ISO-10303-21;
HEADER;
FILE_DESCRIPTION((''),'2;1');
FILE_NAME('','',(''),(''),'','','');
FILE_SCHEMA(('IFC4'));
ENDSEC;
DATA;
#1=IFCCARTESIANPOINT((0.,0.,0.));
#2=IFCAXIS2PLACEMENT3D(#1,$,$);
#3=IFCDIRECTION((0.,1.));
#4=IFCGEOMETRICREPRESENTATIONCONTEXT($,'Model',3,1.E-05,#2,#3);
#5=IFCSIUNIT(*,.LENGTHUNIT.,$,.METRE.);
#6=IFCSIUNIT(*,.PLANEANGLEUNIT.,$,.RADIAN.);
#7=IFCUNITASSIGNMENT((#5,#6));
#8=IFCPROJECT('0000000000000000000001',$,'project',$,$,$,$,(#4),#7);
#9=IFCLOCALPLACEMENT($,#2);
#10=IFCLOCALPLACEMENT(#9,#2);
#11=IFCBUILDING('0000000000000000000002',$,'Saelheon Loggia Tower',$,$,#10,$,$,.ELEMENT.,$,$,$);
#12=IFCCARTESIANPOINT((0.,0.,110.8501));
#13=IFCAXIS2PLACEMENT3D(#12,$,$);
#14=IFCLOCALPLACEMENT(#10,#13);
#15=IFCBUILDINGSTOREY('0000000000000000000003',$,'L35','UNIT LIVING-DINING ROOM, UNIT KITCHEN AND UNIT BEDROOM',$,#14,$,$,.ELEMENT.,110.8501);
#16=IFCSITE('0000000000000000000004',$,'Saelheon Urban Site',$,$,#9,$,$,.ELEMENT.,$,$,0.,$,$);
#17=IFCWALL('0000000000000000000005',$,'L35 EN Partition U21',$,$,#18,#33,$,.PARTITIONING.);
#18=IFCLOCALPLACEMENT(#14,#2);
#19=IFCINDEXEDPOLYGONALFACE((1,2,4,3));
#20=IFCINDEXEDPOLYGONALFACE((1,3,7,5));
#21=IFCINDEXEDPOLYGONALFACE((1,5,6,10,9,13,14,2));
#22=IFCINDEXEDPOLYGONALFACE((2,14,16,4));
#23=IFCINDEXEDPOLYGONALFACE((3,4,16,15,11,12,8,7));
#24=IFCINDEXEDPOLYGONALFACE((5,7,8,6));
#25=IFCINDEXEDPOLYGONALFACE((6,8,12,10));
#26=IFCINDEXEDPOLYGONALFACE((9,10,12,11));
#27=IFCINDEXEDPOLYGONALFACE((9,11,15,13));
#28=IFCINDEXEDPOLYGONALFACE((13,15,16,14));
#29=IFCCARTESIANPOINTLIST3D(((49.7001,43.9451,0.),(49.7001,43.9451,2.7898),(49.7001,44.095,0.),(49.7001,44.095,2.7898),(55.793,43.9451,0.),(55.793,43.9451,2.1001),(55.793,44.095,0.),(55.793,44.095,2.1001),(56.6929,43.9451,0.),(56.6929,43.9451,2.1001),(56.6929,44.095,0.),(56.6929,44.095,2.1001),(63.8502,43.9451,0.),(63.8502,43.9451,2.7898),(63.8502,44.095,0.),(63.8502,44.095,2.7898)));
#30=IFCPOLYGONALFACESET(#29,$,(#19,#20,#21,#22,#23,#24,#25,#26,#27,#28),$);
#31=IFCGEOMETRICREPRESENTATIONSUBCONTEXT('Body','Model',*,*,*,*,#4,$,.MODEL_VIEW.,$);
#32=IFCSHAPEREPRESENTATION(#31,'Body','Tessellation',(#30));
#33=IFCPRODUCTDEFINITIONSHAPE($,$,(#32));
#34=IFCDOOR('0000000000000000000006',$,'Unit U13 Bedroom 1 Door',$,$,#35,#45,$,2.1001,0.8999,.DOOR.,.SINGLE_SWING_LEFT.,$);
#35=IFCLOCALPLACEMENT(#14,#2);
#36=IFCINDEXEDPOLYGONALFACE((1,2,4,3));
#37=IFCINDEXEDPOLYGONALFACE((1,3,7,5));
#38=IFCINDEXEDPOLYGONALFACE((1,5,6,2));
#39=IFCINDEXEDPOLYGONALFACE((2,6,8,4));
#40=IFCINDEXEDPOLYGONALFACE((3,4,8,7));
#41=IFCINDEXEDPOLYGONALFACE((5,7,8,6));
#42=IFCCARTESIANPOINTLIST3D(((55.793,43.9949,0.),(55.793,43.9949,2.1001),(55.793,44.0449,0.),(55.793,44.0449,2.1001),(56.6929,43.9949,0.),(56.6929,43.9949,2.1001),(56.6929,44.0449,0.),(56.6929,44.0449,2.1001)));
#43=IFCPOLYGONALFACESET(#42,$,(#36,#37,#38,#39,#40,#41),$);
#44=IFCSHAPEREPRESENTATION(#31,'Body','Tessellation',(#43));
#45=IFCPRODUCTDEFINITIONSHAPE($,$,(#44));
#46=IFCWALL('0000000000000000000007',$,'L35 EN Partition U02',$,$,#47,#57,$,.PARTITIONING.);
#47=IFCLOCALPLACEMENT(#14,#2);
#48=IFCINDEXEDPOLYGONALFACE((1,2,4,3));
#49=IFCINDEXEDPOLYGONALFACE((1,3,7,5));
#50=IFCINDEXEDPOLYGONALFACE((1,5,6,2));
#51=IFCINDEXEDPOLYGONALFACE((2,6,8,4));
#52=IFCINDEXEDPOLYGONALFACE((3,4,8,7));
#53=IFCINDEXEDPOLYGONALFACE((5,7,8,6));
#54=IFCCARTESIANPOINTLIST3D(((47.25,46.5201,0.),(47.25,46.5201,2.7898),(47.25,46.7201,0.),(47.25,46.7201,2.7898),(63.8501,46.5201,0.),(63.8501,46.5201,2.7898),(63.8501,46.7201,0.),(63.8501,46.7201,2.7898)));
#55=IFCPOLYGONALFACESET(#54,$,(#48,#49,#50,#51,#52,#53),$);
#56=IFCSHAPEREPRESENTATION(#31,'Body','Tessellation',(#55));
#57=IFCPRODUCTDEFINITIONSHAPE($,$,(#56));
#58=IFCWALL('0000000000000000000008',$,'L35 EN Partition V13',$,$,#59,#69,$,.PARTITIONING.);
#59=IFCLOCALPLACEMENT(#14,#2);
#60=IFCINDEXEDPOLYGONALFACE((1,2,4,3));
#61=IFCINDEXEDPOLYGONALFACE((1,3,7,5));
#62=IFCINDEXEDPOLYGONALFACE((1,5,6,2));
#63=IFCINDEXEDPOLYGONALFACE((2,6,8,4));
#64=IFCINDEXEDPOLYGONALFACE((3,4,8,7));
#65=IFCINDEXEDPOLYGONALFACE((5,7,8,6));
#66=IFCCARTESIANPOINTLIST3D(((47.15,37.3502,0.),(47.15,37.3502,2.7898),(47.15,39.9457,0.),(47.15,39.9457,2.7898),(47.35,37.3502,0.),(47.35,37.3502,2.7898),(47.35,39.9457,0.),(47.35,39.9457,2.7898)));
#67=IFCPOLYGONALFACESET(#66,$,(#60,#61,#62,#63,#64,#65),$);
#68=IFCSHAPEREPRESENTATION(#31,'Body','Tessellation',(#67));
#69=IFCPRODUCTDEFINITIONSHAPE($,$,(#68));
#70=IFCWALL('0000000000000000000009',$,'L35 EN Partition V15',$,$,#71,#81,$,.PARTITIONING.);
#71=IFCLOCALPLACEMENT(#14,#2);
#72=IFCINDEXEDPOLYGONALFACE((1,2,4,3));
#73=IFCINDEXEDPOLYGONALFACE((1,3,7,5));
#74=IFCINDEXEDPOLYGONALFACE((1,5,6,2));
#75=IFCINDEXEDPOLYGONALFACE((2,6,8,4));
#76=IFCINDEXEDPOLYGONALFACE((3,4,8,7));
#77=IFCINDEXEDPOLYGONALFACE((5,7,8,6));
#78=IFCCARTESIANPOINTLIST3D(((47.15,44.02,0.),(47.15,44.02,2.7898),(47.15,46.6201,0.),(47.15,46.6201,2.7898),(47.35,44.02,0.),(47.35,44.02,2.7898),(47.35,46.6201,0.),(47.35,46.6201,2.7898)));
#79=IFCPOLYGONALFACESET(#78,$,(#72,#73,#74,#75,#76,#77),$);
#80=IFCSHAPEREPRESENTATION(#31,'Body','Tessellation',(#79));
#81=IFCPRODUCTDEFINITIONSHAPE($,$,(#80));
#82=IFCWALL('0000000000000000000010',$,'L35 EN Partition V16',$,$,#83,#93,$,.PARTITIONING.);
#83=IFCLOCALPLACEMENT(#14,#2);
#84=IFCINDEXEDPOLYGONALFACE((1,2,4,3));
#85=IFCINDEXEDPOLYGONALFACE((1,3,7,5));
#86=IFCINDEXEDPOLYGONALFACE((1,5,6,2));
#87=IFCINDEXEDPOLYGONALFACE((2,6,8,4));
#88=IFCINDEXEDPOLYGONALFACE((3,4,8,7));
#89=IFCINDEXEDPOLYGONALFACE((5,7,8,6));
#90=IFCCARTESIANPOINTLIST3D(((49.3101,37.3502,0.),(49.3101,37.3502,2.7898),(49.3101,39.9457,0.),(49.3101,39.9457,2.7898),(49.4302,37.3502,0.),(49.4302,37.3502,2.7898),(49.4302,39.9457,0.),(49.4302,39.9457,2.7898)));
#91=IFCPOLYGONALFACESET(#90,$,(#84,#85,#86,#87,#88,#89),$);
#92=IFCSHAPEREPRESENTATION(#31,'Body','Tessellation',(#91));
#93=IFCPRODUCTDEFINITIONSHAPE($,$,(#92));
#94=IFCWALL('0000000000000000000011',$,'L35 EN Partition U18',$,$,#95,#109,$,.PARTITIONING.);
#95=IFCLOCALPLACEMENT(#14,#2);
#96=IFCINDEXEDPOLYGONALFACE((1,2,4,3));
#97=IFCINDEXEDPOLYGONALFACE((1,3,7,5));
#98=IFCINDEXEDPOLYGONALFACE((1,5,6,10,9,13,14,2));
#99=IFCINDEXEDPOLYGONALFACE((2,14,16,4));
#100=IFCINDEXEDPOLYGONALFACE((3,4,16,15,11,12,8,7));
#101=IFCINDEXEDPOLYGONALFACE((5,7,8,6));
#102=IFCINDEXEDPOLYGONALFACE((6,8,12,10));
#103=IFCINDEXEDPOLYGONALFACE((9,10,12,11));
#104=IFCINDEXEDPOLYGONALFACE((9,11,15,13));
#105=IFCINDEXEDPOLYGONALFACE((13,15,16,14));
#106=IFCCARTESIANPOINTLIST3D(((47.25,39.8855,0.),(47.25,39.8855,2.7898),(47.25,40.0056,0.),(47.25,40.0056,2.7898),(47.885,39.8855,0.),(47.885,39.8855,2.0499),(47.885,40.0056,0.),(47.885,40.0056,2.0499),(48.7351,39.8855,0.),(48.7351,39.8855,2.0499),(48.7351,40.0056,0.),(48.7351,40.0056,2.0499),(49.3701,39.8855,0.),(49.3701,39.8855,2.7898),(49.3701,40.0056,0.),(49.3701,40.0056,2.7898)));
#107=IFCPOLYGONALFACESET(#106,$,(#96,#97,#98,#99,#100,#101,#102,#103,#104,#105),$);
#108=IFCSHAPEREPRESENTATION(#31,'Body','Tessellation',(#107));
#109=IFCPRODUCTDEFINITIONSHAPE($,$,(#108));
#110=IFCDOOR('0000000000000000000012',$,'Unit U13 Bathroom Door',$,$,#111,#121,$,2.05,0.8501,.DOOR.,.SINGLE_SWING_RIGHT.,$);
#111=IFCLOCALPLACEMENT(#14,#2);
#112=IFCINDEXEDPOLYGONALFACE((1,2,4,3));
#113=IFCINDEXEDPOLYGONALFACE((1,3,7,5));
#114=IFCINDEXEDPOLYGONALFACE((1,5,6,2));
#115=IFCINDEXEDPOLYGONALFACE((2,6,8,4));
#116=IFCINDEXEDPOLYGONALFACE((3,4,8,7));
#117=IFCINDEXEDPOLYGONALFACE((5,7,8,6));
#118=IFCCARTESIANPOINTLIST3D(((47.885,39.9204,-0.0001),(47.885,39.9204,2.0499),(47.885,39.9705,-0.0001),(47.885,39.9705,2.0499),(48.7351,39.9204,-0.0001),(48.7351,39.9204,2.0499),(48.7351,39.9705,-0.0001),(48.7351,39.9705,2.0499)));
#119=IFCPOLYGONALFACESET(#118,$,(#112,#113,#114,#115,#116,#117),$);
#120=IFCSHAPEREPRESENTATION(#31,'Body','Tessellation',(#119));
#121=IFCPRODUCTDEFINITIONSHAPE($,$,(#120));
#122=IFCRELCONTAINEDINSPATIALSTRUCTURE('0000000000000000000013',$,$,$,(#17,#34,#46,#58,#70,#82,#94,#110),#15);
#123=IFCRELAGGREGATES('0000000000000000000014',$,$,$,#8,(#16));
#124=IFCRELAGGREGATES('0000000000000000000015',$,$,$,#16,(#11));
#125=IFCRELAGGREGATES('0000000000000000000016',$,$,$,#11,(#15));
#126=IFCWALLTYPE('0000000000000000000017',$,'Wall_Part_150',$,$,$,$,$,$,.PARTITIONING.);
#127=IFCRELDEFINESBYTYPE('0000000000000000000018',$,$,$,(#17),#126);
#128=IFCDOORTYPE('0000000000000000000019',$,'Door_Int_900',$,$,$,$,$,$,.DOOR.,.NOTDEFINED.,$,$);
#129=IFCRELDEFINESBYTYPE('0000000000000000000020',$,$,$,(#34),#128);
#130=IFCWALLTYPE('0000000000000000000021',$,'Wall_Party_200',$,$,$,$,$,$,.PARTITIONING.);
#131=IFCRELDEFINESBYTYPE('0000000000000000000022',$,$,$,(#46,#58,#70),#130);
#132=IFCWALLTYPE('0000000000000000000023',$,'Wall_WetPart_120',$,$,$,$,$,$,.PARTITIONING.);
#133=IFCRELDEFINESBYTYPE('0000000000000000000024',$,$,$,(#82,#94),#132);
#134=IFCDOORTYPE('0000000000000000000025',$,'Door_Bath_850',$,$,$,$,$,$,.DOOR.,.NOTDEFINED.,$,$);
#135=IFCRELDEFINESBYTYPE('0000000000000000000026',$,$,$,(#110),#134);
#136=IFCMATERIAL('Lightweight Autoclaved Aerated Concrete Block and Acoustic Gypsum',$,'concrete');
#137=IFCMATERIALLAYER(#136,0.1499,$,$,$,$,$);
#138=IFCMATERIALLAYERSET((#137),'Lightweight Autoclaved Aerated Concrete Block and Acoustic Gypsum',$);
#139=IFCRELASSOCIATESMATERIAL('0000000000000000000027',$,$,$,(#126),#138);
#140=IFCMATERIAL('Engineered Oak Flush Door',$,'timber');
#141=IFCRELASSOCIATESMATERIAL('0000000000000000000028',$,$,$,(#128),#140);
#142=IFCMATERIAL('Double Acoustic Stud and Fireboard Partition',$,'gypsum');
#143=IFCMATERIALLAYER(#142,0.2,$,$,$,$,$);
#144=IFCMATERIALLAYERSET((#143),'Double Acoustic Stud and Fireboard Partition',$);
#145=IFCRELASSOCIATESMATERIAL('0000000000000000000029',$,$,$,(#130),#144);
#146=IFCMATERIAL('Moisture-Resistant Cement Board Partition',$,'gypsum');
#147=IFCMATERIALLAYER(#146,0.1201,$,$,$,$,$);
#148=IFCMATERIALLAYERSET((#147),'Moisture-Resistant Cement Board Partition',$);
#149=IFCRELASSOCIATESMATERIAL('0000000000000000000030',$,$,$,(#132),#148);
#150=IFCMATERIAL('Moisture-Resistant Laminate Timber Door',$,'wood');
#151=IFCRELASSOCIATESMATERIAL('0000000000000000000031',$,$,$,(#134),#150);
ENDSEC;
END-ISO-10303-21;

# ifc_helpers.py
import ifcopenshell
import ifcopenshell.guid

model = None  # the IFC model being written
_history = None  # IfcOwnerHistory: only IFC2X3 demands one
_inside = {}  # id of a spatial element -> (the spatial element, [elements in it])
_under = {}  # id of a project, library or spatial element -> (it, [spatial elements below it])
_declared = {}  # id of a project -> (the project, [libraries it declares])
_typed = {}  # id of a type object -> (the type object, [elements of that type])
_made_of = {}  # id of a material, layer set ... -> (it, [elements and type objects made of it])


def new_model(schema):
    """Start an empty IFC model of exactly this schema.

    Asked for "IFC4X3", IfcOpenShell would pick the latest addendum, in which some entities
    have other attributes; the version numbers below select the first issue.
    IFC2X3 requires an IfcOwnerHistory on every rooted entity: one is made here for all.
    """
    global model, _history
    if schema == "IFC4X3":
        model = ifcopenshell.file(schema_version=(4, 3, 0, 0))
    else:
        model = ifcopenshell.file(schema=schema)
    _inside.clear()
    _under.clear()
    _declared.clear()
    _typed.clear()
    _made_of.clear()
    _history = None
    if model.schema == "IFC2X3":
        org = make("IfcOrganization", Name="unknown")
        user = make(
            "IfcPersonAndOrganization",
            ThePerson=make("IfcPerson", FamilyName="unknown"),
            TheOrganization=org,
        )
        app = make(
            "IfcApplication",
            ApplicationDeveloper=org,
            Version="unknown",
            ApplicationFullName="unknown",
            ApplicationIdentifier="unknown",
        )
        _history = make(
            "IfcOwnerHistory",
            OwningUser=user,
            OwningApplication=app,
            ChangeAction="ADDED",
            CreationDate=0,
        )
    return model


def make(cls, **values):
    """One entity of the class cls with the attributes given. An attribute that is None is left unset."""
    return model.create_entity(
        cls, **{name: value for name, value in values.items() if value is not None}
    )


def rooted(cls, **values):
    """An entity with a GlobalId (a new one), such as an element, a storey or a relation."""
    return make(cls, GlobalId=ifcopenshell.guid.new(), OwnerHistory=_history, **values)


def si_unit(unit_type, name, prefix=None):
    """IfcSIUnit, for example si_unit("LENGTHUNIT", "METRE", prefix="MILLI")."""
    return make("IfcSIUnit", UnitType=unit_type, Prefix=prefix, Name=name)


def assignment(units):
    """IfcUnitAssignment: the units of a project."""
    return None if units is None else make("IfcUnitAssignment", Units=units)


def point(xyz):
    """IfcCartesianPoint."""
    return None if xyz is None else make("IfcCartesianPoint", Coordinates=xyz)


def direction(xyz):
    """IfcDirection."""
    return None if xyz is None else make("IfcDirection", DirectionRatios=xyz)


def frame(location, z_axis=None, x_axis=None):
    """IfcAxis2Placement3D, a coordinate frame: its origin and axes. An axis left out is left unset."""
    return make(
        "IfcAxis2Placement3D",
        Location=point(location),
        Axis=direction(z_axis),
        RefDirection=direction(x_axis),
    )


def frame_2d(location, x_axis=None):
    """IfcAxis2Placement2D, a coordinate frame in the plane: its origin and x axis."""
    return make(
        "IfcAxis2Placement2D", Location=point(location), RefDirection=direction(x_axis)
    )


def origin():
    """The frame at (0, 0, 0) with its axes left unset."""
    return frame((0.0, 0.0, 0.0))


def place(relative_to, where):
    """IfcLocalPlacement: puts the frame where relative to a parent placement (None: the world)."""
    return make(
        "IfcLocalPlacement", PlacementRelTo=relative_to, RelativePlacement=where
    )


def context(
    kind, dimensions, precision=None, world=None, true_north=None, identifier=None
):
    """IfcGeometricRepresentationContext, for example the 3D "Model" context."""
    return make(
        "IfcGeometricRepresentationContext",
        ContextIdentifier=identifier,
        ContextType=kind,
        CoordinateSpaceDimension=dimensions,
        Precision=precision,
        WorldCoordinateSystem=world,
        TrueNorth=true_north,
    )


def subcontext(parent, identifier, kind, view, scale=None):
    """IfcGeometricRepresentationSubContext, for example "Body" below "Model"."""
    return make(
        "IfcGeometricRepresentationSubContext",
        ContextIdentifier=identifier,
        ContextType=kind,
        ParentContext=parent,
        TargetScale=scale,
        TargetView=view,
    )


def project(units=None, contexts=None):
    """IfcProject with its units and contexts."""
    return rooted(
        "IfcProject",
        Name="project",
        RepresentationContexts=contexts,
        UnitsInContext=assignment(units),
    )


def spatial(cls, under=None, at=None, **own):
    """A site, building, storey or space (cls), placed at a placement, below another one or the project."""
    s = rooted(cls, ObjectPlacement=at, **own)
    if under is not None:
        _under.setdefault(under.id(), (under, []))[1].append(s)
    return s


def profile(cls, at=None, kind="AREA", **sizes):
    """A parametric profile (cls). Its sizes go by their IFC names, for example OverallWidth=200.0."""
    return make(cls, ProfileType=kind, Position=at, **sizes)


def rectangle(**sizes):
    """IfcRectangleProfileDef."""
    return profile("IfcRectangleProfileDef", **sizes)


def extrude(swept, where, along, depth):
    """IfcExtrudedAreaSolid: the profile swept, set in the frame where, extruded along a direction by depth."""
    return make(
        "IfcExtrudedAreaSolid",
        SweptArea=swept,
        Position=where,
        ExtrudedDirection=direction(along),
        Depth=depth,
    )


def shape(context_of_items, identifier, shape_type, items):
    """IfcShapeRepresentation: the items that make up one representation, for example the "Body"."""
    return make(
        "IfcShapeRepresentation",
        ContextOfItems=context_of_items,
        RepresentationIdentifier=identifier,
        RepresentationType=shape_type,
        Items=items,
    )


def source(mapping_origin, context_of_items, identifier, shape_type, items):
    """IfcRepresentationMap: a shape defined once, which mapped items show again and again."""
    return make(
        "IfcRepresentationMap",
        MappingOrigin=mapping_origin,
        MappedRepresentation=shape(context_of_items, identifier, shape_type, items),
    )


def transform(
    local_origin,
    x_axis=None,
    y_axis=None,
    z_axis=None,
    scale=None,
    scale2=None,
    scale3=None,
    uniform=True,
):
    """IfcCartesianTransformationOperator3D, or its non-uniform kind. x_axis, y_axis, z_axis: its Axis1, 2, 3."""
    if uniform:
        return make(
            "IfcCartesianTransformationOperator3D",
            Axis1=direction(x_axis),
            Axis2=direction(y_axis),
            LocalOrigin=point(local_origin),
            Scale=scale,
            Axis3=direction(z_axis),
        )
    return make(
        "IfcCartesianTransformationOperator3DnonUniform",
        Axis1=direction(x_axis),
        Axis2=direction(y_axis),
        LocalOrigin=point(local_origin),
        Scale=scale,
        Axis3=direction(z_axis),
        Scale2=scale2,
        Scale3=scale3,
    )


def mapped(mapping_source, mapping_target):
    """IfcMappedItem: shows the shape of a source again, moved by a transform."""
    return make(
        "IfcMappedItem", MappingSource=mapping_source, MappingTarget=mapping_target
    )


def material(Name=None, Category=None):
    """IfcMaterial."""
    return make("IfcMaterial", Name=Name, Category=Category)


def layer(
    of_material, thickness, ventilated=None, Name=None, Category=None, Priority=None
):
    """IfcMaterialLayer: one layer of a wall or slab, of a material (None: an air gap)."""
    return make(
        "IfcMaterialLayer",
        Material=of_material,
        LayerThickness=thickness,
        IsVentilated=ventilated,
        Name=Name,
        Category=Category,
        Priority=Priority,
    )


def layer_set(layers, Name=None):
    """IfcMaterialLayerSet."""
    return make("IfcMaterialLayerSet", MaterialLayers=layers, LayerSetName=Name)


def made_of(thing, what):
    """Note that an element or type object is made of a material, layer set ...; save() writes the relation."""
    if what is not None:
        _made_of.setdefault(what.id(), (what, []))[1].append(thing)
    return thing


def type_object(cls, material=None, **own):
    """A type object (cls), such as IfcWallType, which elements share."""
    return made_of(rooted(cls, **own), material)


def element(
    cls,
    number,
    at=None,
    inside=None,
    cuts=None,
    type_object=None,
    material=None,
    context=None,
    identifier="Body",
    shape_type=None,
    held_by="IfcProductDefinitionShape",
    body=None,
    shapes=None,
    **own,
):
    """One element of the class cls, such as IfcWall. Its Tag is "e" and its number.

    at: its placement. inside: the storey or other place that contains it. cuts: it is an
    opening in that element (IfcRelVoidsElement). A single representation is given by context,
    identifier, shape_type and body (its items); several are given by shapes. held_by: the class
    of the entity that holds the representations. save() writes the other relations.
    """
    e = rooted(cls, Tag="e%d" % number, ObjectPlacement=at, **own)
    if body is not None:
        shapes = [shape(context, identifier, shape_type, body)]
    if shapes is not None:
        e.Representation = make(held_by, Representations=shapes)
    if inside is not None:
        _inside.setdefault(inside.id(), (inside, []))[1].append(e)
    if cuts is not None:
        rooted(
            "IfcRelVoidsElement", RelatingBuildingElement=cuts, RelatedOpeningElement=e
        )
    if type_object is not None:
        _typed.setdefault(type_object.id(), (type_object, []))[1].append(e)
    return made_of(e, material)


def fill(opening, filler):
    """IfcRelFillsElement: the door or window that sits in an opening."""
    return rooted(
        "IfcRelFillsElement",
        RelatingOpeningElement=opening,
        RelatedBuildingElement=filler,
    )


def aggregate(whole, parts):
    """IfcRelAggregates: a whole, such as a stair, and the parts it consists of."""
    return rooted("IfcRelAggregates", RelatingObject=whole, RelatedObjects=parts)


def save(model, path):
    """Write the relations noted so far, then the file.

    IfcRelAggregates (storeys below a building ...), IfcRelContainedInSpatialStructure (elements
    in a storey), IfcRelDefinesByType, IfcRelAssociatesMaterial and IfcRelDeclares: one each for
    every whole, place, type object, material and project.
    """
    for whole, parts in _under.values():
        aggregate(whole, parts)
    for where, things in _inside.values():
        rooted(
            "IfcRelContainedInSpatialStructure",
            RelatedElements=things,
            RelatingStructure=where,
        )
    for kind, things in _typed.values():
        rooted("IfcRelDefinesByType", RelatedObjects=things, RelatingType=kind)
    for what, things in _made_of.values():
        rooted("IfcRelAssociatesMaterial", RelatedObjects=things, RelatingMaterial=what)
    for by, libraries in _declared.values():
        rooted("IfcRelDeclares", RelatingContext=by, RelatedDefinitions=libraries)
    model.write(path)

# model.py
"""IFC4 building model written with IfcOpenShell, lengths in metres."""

from ifc_helpers import new_model, si_unit, direction, frame, frame_2d, origin, place, context, subcontext, project, spatial, rectangle, extrude, source, transform, mapped, material, layer, layer_set, type_object, element, fill, save


model = new_model("IFC4")

# Units and contexts
model_context = context("Model", 3, precision=1e-05, world=origin(), true_north=direction((0.0, 1.0)))
body_context = subcontext(model_context, "Body", "Model", "MODEL_VIEW")
ifc_project = project(units=[si_unit("LENGTHUNIT", "METRE"), si_unit("PLANEANGLEUNIT", "RADIAN")], contexts=[model_context])

# Site, building, storey
site_placement = place(None, origin())
site = spatial("IfcSite", under=ifc_project, at=site_placement, Name="Saelheon Urban Site", CompositionType="ELEMENT", RefElevation=0.0)
building_placement = place(site_placement, origin())
building = spatial("IfcBuilding", under=site, at=building_placement, Name="Saelheon Loggia Tower", CompositionType="ELEMENT")
storey_placement = place(building_placement, frame((0.0, 0.0, 110.8501)))
storey = spatial("IfcBuildingStorey", under=building, at=storey_placement, Name="L35", Description="UNIT LIVING-DINING ROOM, UNIT KITCHEN AND UNIT BEDROOM", CompositionType="ELEMENT", Elevation=110.8501)

# Shared definitions
ifc_material_1 = material(Name="Lightweight Autoclaved Aerated Concrete Block and Acoustic Gypsum", Category="concrete")
ifc_layer_1 = layer(ifc_material_1, 0.1499)
ifc_layer_set_1 = layer_set([ifc_layer_1], Name="Lightweight Autoclaved Aerated Concrete Block and Acoustic Gypsum")
wall_type_1 = type_object("IfcWallType", Name="Wall_Part_150", PredefinedType="PARTITIONING", material=ifc_layer_set_1)

# Wall, opening, door
ifc_material_2 = material(Name="Engineered Oak Flush Door", Category="timber")
door_type_1 = type_object("IfcDoorType", Name="Door_Int_900", OperationType="NOTDEFINED", PredefinedType="DOOR", material=ifc_material_2)
shared_shape_1 = source(origin(), body_context, "Body", "SweptSolid", [
    extrude(rectangle(XDim=0.8999, YDim=2.1001, at=frame_2d((0.45, 1.05))), frame((0.0, 0.0249, 0.0), z_axis=(0.0, -1.0, 0.0), x_axis=(1.0, 0.0, 0.0)), (0.0, 0.0, 1.0), 0.05),
])
wall_1_placement = place(storey_placement, frame((49.7, 44.02, 0.0), z_axis=(0.0, 0.0, 1.0), x_axis=(1.0, 0.0, 0.0)))
wall_1 = element("IfcWall", 1, at=wall_1_placement, inside=storey, type_object=wall_type_1, Name="L35 EN Partition U21", PredefinedType="PARTITIONING", context=body_context, shape_type="SweptSolid", body=[
    extrude(rectangle(XDim=14.1501, YDim=0.1499, at=frame_2d((7.0752, 0.0))), origin(), (0.0, 0.0, 1.0), 2.7898),
])
opening_1_placement = place(wall_1_placement, frame((6.093, 0.0, 0.0)))
opening_1 = element("IfcOpeningElement", 2, at=opening_1_placement, cuts=wall_1, PredefinedType="OPENING", context=body_context, shape_type="SweptSolid", body=[
    extrude(rectangle(XDim=0.8999, YDim=2.1001, at=frame_2d((0.45, 1.05))), frame((0.0, 0.0869, 0.0), z_axis=(0.0, -1.0, 0.0), x_axis=(1.0, 0.0, 0.0)), (0.0, 0.0, 1.0), 0.1738),
])
door_1_placement = place(opening_1_placement, origin())
door_1 = element("IfcDoor", 3, at=door_1_placement, inside=storey, type_object=door_type_1, Name="Unit U13 Bedroom 1 Door", OperationType="SINGLE_SWING_LEFT", OverallHeight=2.1001, OverallWidth=0.8999, PredefinedType="DOOR", context=body_context, shape_type="MappedRepresentation", body=[
    mapped(shared_shape_1, transform((0.0, 0.0, 0.0), scale=1.0)),
])
fill(opening_1, door_1)

# Walls
ifc_material_3 = material(Name="Double Acoustic Stud and Fireboard Partition", Category="gypsum")
ifc_layer_2 = layer(ifc_material_3, 0.2)
ifc_layer_set_2 = layer_set([ifc_layer_2], Name="Double Acoustic Stud and Fireboard Partition")
wall_type_2 = type_object("IfcWallType", Name="Wall_Party_200", PredefinedType="PARTITIONING", material=ifc_layer_set_2)
wall_2_placement = place(storey_placement, frame((47.25, 46.6201, 0.0), z_axis=(0.0, 0.0, 1.0), x_axis=(1.0, 0.0, 0.0)))
element("IfcWall", 4, at=wall_2_placement, inside=storey, type_object=wall_type_2, Name="L35 EN Partition U02", PredefinedType="PARTITIONING", context=body_context, shape_type="SweptSolid", body=[
    extrude(rectangle(XDim=16.6001, YDim=0.2, at=frame_2d((8.3, 0.0))), origin(), (0.0, 0.0, 1.0), 2.7898),
])
wall_3_placement = place(storey_placement, frame((47.25, 37.3501, 0.0), z_axis=(0.0, 0.0, 1.0), x_axis=(0.0, 1.0, 0.0)))
element("IfcWall", 5, at=wall_3_placement, inside=storey, type_object=wall_type_2, Name="L35 EN Partition V13", PredefinedType="PARTITIONING", context=body_context, shape_type="SweptSolid", body=[
    extrude(rectangle(XDim=2.5955, YDim=0.2, at=frame_2d((1.2979, 0.0))), origin(), (0.0, 0.0, 1.0), 2.7898),
])

# Walls
wall_4_placement = place(storey_placement, frame((47.25, 44.02, 0.0), z_axis=(0.0, 0.0, 1.0), x_axis=(0.0, 1.0, 0.0)))
element("IfcWall", 6, at=wall_4_placement, inside=storey, type_object=wall_type_2, Name="L35 EN Partition V15", PredefinedType="PARTITIONING", context=body_context, shape_type="SweptSolid", body=[
    extrude(rectangle(XDim=2.6001, YDim=0.2, at=frame_2d((1.3, 0.0))), origin(), (0.0, 0.0, 1.0), 2.7898),
])
ifc_material_4 = material(Name="Moisture-Resistant Cement Board Partition", Category="gypsum")
ifc_layer_3 = layer(ifc_material_4, 0.1201)
ifc_layer_set_3 = layer_set([ifc_layer_3], Name="Moisture-Resistant Cement Board Partition")
wall_type_3 = type_object("IfcWallType", Name="Wall_WetPart_120", PredefinedType="PARTITIONING", material=ifc_layer_set_3)
wall_5_placement = place(storey_placement, frame((49.3701, 37.3501, 0.0), z_axis=(0.0, 0.0, 1.0), x_axis=(0.0, 1.0, 0.0)))
element("IfcWall", 7, at=wall_5_placement, inside=storey, type_object=wall_type_3, Name="L35 EN Partition V16", PredefinedType="PARTITIONING", context=body_context, shape_type="SweptSolid", body=[
    extrude(rectangle(XDim=2.5955, YDim=0.1201, at=frame_2d((1.2979, 0.0))), origin(), (0.0, 0.0, 1.0), 2.7898),
])

# Wall, opening, door
wall_6_placement = place(storey_placement, frame((47.25, 39.9456, 0.0), z_axis=(0.0, 0.0, 1.0), x_axis=(1.0, 0.0, 0.0)))
wall_6 = element("IfcWall", 8, at=wall_6_placement, inside=storey, type_object=wall_type_3, Name="L35 EN Partition U18", PredefinedType="PARTITIONING", context=body_context, shape_type="SweptSolid", body=[
    extrude(rectangle(XDim=2.1201, YDim=0.1201, at=frame_2d((1.0601, 0.0))), origin(), (0.0, 0.0, 1.0), 2.7898),
])
opening_2_placement = place(wall_6_placement, frame((0.635, 0.0, 0.0)))
opening_2 = element("IfcOpeningElement", 9, at=opening_2_placement, cuts=wall_6, PredefinedType="OPENING", context=body_context, shape_type="SweptSolid", body=[
    extrude(rectangle(XDim=0.8501, YDim=2.05, at=frame_2d((0.425, 1.0249))), frame((0.0, 0.072, 0.0), z_axis=(0.0, -1.0, 0.0), x_axis=(1.0, 0.0, 0.0)), (0.0, 0.0, 1.0), 0.144),
])
ifc_material_5 = material(Name="Moisture-Resistant Laminate Timber Door", Category="wood")
door_type_2 = type_object("IfcDoorType", Name="Door_Bath_850", OperationType="NOTDEFINED", PredefinedType="DOOR", material=ifc_material_5)
shared_shape_2 = source(origin(), body_context, "Body", "SweptSolid", [
    extrude(rectangle(XDim=0.8501, YDim=2.05, at=frame_2d((0.425, 1.0249))), frame((0.0, 0.0249, 0.0), z_axis=(0.0, -1.0, 0.0), x_axis=(1.0, 0.0, 0.0)), (0.0, 0.0, 1.0), 0.05),
])
door_2_placement = place(opening_2_placement, origin())
door_2 = element("IfcDoor", 10, at=door_2_placement, inside=storey, type_object=door_type_2, Name="Unit U13 Bathroom Door", OperationType="SINGLE_SWING_RIGHT", OverallHeight=2.05, OverallWidth=0.8501, PredefinedType="DOOR", context=body_context, shape_type="MappedRepresentation", body=[
    mapped(shared_shape_2, transform((0.0, 0.0, 0.0), scale=1.0)),
])
fill(opening_2, door_2)

save(model, "model.ifc")
